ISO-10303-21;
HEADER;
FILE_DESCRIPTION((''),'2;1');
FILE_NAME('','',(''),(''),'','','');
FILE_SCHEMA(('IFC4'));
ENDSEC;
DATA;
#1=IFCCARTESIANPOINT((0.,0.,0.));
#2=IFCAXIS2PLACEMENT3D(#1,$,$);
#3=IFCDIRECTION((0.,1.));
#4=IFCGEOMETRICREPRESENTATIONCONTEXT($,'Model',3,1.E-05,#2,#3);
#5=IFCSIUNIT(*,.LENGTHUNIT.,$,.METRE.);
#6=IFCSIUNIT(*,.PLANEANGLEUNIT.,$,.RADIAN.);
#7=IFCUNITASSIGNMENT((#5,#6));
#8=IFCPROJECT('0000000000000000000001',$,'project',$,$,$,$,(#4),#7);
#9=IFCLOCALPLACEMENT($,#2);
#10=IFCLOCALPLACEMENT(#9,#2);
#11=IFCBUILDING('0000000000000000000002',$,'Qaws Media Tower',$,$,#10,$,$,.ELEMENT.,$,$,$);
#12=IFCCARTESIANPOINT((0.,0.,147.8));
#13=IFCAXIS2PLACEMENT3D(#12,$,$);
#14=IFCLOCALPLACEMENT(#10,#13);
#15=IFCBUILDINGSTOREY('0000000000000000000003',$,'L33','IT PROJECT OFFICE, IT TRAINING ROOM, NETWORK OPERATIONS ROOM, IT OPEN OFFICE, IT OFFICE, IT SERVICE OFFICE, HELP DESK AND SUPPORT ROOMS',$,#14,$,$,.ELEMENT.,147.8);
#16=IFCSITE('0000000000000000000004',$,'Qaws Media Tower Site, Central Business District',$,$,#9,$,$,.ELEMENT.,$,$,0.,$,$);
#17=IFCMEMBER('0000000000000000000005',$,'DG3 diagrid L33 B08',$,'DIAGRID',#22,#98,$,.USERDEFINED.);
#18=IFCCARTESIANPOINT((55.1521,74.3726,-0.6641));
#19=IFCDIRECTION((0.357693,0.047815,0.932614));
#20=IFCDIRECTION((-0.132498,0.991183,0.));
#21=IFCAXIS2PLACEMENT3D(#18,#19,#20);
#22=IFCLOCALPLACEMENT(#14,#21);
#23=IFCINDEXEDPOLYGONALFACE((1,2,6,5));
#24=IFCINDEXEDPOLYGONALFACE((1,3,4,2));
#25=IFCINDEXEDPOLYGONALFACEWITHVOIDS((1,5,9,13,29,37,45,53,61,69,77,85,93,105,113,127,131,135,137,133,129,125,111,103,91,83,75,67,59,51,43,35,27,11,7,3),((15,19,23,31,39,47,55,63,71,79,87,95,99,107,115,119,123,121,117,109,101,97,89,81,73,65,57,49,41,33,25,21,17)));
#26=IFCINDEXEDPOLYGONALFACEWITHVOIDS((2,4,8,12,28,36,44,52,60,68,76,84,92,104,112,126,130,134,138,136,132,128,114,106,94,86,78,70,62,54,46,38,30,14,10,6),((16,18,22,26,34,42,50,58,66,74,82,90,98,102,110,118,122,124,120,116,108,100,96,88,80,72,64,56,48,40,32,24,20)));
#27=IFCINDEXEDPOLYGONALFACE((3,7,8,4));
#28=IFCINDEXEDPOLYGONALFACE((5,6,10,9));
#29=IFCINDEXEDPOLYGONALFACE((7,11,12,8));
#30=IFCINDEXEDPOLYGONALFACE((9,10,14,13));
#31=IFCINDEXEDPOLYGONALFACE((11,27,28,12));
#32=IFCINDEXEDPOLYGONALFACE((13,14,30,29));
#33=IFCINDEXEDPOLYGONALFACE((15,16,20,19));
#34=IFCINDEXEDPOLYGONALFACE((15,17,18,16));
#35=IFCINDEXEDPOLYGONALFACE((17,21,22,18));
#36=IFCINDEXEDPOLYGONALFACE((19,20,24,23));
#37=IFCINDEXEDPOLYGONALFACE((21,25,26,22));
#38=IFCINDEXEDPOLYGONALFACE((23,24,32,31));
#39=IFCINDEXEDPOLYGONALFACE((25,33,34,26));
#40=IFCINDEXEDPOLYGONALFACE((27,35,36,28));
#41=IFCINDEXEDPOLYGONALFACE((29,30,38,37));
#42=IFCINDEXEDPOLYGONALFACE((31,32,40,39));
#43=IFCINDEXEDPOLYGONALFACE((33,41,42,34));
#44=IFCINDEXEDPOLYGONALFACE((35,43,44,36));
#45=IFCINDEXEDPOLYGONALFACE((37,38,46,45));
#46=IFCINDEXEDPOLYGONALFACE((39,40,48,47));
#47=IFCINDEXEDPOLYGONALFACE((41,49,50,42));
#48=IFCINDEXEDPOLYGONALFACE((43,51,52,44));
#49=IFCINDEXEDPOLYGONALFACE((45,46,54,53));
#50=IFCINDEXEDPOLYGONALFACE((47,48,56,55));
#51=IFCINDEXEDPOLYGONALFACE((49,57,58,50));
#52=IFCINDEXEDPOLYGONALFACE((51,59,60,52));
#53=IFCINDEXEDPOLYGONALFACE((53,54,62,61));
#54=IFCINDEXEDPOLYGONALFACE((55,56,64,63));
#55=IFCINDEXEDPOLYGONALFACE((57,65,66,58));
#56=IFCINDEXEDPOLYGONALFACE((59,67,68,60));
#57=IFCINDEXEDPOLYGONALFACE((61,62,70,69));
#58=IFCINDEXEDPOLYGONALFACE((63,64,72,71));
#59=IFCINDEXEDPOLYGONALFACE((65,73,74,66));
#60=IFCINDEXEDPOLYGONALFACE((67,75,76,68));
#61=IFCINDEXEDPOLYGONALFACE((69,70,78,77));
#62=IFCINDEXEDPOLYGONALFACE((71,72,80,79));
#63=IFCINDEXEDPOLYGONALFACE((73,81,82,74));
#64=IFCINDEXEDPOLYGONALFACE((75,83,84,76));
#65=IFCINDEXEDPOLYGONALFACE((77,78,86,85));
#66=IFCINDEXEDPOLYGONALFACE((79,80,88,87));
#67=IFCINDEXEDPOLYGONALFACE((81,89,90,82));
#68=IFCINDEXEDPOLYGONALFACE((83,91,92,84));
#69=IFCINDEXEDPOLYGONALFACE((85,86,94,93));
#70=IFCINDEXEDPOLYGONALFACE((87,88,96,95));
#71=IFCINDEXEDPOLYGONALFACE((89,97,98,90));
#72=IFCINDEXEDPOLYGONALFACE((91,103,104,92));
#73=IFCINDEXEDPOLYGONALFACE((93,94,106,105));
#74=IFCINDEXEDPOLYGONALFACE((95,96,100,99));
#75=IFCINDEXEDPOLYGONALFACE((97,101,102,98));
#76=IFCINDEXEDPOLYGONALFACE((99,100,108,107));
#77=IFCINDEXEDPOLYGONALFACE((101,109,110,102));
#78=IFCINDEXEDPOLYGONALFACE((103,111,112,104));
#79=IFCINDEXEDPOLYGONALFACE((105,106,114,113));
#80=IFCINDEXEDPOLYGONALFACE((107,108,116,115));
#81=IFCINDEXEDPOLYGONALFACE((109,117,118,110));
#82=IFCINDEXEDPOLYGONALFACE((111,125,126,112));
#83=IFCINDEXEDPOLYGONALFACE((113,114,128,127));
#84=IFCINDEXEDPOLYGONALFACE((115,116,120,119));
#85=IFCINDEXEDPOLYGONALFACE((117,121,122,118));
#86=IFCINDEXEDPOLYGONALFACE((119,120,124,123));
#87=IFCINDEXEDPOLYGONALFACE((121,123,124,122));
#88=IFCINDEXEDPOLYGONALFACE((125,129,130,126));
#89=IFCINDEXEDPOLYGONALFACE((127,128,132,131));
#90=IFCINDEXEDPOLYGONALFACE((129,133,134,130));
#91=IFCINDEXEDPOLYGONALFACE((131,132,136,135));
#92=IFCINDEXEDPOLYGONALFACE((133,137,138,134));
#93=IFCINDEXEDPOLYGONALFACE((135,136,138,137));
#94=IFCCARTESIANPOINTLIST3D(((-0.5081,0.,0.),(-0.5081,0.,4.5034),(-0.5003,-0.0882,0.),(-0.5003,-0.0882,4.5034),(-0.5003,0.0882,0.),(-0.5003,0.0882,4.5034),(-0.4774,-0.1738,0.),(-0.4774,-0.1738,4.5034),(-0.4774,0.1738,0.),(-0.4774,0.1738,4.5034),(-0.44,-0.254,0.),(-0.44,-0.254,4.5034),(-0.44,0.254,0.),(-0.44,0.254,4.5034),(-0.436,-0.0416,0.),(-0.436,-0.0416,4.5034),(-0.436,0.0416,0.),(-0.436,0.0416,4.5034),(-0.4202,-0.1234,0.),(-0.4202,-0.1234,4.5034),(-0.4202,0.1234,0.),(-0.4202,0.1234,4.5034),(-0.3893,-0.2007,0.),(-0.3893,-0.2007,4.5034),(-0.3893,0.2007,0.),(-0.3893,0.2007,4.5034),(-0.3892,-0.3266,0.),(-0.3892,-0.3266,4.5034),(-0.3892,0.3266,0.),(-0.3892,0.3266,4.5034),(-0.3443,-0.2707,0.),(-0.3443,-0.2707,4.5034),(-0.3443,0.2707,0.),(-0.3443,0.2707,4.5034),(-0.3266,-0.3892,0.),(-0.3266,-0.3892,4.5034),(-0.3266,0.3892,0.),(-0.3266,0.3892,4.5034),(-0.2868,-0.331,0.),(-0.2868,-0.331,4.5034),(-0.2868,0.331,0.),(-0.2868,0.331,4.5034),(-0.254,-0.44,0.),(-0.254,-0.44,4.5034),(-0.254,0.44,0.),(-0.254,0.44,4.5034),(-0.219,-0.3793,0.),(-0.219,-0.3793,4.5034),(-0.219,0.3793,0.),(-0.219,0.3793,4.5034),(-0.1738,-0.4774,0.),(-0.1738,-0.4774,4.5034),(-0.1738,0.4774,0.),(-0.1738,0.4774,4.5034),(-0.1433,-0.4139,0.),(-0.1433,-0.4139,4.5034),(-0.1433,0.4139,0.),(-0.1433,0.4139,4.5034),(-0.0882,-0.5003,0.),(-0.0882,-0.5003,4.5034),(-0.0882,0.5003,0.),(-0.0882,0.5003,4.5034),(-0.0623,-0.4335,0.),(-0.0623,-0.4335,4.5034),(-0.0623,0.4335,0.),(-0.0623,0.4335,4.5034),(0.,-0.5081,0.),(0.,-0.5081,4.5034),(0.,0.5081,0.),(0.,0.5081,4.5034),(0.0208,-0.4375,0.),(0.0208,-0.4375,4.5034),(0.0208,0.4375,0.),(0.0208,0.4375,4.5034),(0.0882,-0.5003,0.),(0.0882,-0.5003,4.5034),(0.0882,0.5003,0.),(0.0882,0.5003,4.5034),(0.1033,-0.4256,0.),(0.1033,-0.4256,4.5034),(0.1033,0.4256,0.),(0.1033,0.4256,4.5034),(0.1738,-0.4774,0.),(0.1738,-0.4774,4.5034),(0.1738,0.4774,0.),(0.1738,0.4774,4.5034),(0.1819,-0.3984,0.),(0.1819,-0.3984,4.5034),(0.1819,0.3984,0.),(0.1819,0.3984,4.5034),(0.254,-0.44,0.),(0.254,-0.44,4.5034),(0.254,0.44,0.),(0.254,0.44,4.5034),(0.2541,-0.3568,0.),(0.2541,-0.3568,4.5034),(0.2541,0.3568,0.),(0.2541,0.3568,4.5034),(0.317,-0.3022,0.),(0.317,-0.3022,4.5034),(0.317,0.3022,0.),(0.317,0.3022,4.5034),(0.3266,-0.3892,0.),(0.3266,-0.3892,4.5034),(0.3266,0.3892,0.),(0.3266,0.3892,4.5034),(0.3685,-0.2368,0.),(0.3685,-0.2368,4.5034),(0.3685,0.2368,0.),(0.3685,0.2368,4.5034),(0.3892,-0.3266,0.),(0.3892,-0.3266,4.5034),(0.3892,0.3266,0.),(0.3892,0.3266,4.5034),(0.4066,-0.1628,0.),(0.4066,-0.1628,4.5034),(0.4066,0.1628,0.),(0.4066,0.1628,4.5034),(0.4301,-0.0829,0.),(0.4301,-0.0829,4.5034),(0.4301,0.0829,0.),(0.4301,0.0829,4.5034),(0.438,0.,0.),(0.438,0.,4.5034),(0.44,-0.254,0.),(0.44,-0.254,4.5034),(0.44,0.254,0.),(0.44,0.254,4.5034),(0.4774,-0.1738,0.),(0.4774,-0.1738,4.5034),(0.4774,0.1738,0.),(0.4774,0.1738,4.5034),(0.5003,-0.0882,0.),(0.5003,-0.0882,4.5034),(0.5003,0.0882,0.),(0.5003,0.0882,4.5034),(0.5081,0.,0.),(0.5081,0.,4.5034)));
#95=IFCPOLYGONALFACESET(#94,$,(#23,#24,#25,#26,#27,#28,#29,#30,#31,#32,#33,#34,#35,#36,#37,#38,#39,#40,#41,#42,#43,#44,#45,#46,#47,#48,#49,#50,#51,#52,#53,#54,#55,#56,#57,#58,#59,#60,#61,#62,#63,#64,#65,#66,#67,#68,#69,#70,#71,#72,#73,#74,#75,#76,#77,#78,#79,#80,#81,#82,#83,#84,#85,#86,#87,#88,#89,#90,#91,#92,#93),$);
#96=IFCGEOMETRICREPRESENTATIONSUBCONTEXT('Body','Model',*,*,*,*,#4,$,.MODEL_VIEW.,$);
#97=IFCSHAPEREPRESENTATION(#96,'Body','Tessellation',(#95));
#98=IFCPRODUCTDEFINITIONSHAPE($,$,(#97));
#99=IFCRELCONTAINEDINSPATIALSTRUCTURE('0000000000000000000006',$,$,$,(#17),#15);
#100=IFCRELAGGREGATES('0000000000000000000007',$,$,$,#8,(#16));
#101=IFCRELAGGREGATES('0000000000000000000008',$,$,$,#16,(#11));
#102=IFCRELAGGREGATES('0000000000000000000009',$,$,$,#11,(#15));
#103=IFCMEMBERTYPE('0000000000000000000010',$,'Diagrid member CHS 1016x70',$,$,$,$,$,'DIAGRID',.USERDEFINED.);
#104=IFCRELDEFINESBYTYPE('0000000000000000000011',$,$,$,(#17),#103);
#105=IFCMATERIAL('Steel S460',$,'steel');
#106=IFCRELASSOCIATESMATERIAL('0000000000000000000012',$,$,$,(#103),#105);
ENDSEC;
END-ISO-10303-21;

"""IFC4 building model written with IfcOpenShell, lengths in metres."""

from ifc_helpers import new_model, si_unit, direction, frame, origin, origin_2d, place, context, subcontext, project, spatial, hollow_circle, extrude, material, material_profile, profile_set, type_object, element, save


model = new_model("IFC4")

# Units and contexts
model_context = context("Model", 3, precision=1e-05, world=origin(), true_north=direction((0.0, 1.0)))
body_context = subcontext(model_context, "Body", "Model", "MODEL_VIEW")
ifc_project = project(units=[si_unit("LENGTHUNIT", "METRE"), si_unit("PLANEANGLEUNIT", "RADIAN")], contexts=[model_context])

# Site, building, storey
site_placement = place(None, origin())
site = spatial("IfcSite", under=ifc_project, at=site_placement, Name="Qaws Media Tower Site, Central Business District", CompositionType="ELEMENT", RefElevation=0.0)
building_placement = place(site_placement, origin())
building = spatial("IfcBuilding", under=site, at=building_placement, Name="Qaws Media Tower", CompositionType="ELEMENT")
storey_placement = place(building_placement, frame((0.0, 0.0, 147.8)))
storey = spatial("IfcBuildingStorey", under=building, at=storey_placement, Name="L33", Description="IT PROJECT OFFICE, IT TRAINING ROOM, NETWORK OPERATIONS ROOM, IT OPEN OFFICE, IT OFFICE, IT SERVICE OFFICE, HELP DESK AND SUPPORT ROOMS", CompositionType="ELEMENT", Elevation=147.8)

# Member
ifc_material_1 = material(Name="Steel S460", Category="steel")
ifc_material_profile_1 = material_profile(ifc_material_1, hollow_circle(Radius=0.5081, WallThickness=0.0701, at=origin_2d()), Name="CHS 1016x70")
ifc_profile_set_1 = profile_set([ifc_material_profile_1], Name="Steel S460")
member_type_1 = type_object("IfcMemberType", Name="Diagrid member CHS 1016x70", ElementType="DIAGRID", PredefinedType="USERDEFINED", material=ifc_profile_set_1)
for number, where, z_axis, x_axis, name in (
    (1, (55.1521, 74.3726, -0.6641), (0.357693, 0.047815, 0.932614), (-0.132498, 0.991183, 0.0), "DG3 diagrid L33 B08"),
):
    element("IfcMember", number, at=place(storey_placement, frame(where, z_axis=z_axis, x_axis=x_axis)), inside=storey, type_object=member_type_1, Name=name, ObjectType="DIAGRID", PredefinedType="USERDEFINED", context=body_context, shape_type="SweptSolid", body=[
        extrude(hollow_circle(Radius=0.5081, WallThickness=0.0701, at=origin_2d()), origin(), (0.0, 0.0, 1.0), 4.5034),
    ])

save(model, "model.ifc")
